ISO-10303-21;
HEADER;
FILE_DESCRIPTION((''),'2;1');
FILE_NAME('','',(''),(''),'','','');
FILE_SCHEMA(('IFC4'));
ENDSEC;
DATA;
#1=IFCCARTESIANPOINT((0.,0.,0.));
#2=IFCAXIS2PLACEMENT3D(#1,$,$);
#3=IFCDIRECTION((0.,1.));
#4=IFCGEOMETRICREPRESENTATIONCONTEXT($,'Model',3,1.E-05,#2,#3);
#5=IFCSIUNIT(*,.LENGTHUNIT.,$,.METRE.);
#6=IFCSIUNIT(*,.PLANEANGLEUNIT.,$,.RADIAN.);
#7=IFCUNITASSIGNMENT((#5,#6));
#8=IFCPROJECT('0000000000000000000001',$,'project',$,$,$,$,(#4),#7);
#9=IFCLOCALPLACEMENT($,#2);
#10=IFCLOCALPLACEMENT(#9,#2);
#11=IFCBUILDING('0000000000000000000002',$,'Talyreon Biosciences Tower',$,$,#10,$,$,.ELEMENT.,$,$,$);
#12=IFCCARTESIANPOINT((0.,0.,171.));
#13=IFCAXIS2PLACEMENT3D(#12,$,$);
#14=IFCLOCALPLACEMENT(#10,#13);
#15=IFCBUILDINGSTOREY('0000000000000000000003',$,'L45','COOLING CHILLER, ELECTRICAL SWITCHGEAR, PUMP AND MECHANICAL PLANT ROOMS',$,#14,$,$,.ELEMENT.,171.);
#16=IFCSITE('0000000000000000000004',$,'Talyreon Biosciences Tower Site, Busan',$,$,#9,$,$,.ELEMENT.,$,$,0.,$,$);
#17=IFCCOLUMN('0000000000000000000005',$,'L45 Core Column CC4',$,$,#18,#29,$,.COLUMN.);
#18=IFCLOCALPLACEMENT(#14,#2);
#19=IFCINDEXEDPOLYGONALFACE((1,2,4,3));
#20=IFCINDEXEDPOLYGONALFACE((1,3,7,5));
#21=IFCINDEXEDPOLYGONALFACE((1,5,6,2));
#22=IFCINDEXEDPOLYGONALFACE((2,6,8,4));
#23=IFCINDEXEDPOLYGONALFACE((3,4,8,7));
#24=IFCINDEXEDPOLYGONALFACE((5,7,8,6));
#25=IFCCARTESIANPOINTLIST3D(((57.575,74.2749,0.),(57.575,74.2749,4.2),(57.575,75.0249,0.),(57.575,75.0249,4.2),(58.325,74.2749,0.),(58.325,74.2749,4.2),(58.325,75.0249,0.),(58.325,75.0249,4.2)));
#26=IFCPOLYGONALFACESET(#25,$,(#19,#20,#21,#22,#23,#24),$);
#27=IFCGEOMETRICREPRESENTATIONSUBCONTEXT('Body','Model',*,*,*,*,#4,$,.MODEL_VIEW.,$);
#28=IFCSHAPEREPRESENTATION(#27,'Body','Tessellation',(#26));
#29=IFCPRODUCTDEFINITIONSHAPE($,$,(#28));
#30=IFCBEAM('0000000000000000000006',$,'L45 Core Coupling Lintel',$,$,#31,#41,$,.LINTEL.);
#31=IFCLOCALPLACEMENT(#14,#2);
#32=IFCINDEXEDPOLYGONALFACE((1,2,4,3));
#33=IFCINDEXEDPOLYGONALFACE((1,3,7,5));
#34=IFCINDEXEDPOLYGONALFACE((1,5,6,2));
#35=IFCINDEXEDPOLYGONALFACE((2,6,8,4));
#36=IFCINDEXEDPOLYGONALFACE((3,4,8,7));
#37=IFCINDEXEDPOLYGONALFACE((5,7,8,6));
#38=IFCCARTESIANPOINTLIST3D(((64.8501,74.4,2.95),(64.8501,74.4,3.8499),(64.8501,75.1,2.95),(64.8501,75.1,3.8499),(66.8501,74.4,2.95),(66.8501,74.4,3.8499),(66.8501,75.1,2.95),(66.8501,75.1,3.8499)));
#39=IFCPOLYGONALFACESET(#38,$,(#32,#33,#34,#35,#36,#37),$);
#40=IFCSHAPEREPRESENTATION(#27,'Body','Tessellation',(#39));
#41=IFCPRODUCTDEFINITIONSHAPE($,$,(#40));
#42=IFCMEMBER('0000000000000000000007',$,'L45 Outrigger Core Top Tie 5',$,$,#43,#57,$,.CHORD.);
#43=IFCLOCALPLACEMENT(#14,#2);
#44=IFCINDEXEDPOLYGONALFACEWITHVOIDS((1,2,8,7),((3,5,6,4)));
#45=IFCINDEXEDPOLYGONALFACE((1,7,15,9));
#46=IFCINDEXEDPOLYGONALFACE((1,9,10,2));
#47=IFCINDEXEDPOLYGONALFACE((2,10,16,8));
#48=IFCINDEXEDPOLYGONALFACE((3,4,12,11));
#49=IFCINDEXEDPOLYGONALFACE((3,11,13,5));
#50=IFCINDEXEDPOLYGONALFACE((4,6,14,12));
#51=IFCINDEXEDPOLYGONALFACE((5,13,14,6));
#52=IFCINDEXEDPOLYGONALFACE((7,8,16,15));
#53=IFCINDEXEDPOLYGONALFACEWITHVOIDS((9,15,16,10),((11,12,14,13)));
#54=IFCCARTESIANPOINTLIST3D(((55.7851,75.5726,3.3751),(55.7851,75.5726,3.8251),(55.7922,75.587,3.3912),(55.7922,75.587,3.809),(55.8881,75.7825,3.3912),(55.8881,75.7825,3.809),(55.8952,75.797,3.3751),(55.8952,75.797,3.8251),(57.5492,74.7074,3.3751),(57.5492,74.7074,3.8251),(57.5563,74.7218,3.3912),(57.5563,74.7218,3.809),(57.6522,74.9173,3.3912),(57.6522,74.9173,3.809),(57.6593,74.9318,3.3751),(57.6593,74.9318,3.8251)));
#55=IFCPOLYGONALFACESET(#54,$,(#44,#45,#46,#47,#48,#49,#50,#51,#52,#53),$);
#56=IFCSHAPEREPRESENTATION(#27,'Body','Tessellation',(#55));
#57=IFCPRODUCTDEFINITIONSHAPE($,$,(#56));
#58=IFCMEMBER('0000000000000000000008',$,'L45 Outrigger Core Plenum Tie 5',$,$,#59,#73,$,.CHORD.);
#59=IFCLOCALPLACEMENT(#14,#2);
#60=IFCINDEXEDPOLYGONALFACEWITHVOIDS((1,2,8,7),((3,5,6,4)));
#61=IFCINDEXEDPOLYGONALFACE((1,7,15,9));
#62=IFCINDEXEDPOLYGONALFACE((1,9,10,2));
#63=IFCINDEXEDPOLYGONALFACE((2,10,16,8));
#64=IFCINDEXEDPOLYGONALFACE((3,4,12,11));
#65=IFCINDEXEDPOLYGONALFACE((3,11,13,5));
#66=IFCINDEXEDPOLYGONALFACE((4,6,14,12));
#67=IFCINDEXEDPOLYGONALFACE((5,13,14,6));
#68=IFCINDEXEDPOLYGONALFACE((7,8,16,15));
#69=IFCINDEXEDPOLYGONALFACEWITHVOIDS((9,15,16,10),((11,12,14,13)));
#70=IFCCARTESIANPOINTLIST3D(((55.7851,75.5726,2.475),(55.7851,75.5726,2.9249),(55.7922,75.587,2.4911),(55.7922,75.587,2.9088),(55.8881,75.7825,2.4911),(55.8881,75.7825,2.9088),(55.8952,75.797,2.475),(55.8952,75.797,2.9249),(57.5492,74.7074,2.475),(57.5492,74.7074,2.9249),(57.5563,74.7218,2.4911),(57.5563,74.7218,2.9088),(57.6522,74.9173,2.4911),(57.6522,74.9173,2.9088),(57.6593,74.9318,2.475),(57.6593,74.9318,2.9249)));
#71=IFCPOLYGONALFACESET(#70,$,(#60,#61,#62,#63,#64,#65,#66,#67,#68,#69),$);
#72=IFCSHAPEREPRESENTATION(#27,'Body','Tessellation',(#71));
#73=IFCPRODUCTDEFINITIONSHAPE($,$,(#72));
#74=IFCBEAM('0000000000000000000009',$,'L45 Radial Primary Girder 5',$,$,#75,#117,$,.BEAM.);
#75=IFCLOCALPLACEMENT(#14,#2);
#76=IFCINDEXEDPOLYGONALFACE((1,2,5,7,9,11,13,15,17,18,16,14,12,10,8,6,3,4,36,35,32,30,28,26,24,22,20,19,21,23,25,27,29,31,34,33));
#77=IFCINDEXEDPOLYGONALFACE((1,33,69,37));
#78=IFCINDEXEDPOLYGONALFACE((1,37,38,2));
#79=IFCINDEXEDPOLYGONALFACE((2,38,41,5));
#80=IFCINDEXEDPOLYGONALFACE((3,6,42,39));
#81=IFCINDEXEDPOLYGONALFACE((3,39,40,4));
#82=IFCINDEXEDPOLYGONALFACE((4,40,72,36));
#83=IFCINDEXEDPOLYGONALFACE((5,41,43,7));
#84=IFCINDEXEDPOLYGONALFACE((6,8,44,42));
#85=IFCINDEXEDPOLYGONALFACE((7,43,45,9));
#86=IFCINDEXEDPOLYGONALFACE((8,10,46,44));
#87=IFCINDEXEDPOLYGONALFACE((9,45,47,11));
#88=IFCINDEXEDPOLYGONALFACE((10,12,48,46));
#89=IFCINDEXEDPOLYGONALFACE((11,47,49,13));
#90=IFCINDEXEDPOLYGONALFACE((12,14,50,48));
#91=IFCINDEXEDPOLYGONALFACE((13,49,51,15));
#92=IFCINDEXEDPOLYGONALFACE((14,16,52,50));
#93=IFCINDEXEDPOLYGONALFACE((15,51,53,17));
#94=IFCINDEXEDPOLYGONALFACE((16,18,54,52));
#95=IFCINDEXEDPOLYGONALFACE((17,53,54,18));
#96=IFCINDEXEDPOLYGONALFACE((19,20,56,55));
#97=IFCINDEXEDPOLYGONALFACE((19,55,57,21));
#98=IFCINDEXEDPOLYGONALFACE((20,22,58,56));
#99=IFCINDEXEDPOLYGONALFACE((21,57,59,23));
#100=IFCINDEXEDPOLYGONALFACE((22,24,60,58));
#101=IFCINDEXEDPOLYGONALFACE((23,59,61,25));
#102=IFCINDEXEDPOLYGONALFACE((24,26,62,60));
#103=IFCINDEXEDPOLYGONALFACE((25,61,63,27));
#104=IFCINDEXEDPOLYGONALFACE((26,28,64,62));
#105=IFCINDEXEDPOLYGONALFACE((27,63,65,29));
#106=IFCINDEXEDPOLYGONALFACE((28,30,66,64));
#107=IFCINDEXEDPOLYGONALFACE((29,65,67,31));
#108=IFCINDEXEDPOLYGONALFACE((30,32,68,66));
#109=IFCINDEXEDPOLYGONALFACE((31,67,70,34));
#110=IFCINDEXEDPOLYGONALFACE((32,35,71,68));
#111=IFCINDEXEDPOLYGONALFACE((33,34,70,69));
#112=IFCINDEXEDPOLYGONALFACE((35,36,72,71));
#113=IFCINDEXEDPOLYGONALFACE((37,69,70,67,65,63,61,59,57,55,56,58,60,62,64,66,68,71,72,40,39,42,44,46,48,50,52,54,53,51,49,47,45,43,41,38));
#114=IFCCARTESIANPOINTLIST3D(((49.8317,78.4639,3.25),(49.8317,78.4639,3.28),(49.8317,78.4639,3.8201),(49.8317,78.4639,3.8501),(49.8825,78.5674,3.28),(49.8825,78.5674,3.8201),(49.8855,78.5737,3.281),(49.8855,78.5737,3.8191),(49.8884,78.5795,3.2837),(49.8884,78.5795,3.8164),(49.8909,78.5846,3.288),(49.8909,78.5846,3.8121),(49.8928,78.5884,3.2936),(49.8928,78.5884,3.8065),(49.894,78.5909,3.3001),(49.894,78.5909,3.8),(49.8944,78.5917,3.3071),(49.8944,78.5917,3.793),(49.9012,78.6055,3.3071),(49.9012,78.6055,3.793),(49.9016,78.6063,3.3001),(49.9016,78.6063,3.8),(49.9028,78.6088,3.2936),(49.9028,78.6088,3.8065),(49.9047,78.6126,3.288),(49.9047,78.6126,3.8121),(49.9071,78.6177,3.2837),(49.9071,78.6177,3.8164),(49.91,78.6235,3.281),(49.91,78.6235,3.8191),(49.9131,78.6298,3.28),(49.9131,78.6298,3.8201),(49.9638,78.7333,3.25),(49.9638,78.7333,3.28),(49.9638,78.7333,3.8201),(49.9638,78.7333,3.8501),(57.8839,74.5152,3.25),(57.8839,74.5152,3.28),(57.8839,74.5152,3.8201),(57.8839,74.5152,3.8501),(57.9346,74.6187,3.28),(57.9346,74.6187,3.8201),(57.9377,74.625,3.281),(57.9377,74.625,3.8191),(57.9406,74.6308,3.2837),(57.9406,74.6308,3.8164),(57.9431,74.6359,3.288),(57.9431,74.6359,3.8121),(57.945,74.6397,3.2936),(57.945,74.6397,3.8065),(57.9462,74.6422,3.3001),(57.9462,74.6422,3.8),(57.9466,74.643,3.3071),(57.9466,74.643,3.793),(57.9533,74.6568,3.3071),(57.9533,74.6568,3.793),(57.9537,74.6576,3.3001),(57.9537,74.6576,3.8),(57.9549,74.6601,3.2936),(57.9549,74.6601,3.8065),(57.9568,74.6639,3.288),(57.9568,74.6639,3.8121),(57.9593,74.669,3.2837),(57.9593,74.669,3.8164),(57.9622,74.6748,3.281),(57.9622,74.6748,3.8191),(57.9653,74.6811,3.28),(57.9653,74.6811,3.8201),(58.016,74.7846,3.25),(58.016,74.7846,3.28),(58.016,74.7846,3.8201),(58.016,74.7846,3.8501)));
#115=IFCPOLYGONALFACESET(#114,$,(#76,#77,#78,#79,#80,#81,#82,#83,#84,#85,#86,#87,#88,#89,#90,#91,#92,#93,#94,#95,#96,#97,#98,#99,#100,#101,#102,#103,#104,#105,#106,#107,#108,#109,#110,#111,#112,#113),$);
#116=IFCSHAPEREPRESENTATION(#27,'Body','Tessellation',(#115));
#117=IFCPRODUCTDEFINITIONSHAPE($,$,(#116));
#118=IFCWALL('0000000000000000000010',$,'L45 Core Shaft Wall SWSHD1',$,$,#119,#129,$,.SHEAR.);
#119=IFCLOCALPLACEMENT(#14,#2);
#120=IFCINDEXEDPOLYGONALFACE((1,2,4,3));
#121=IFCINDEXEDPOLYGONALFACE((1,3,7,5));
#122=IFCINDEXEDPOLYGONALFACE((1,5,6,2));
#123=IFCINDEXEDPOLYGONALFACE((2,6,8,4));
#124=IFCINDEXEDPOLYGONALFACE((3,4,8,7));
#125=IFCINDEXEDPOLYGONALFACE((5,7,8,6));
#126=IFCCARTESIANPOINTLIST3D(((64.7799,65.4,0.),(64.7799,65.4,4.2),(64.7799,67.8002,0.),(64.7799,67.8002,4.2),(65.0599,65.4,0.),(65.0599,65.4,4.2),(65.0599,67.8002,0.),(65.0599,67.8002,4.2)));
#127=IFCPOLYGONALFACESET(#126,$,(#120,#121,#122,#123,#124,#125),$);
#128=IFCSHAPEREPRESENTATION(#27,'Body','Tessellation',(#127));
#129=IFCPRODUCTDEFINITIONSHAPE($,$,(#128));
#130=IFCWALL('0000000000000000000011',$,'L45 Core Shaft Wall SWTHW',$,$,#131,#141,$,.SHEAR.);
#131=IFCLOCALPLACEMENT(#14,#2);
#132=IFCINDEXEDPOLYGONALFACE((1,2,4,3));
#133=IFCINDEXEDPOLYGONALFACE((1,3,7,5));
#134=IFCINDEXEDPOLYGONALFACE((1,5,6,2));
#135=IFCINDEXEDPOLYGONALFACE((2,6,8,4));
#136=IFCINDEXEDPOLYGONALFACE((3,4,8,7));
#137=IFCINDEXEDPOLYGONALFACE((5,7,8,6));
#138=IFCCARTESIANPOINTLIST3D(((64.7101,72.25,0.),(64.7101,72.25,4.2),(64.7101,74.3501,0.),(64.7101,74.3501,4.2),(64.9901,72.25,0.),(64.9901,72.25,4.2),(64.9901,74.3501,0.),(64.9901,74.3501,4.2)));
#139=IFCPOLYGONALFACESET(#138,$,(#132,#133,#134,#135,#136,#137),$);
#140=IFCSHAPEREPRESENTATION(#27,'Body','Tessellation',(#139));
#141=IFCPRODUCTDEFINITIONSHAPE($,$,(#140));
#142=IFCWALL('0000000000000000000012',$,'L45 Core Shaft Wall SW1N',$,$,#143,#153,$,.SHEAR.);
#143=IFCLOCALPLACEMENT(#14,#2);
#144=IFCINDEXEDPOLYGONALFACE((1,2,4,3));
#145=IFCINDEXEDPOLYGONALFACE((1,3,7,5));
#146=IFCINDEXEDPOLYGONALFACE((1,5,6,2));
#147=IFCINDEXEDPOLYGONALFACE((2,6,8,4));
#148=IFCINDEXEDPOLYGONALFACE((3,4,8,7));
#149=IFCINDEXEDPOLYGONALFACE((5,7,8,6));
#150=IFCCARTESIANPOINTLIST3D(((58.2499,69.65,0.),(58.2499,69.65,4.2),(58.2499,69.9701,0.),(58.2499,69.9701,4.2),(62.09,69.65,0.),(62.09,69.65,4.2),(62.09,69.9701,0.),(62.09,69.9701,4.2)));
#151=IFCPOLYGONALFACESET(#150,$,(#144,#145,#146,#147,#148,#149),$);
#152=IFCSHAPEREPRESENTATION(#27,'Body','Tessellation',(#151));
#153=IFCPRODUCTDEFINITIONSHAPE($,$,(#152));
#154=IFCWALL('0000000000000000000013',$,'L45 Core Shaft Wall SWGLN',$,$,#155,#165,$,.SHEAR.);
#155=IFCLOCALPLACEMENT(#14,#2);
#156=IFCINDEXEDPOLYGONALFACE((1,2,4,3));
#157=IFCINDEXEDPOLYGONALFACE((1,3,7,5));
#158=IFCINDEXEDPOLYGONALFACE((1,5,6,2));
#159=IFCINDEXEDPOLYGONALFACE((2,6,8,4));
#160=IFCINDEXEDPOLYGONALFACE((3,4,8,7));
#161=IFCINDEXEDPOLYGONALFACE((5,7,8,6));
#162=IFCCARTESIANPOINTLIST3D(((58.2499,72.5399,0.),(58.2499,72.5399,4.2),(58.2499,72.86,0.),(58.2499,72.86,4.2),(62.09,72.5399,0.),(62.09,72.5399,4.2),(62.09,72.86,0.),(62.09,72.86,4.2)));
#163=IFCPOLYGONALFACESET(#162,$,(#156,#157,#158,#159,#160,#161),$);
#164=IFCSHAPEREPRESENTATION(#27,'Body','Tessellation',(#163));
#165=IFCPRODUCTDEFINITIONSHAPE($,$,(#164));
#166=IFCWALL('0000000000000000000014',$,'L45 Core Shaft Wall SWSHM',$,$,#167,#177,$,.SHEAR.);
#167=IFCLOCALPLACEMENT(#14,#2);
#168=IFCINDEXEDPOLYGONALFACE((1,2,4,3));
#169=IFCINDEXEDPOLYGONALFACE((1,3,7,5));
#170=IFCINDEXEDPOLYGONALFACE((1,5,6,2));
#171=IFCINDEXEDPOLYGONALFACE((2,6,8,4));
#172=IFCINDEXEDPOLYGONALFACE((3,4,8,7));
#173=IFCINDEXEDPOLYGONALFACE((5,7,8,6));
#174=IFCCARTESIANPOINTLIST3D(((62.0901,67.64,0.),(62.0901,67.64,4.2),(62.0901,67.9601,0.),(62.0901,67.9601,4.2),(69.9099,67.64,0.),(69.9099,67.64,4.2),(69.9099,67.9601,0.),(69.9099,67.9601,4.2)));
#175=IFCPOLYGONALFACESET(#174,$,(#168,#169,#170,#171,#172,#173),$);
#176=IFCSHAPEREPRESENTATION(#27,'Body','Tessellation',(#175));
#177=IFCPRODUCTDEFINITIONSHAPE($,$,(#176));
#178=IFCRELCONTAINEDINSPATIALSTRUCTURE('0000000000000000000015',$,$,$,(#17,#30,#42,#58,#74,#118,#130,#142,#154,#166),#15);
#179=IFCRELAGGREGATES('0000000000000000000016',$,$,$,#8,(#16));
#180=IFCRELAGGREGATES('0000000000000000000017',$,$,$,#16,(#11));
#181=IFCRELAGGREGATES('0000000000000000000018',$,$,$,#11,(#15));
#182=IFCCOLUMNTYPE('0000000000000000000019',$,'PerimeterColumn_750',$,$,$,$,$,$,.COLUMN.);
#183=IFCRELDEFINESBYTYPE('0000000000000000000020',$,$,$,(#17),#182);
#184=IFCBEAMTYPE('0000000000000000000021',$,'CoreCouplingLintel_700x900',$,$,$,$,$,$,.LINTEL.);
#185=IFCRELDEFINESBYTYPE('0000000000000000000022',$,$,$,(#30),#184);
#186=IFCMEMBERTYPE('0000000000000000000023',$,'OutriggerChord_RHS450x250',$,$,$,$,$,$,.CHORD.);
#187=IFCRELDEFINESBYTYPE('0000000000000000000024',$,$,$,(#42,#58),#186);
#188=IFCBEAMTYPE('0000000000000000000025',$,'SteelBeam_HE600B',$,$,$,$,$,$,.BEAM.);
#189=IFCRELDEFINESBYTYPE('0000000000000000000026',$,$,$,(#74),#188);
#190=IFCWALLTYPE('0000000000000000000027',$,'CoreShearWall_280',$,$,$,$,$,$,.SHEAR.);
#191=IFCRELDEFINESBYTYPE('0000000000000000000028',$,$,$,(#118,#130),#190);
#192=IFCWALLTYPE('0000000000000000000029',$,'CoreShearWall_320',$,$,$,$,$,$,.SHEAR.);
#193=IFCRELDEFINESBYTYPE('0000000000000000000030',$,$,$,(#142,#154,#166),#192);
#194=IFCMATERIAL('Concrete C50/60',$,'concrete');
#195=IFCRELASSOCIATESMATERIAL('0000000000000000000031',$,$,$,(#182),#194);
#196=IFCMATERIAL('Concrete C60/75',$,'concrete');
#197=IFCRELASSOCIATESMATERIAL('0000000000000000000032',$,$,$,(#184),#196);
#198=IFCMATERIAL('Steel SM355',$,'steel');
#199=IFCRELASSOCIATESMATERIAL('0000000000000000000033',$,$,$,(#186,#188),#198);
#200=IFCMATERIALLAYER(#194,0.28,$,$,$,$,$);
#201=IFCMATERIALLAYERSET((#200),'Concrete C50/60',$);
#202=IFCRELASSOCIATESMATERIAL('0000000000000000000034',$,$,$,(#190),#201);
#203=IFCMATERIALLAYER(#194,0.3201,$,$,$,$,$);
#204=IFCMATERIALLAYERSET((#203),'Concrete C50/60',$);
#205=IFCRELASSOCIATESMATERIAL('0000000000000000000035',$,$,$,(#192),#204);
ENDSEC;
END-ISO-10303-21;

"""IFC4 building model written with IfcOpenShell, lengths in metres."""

from ifc_helpers import new_model, si_unit, direction, frame, frame_2d, origin, origin_2d, place, context, subcontext, project, spatial, rectangle, hollow_rectangle, i_section, extrude, material, layer, layer_set, material_profile, profile_set, type_object, element, save


model = new_model("IFC4")

# Units and contexts
model_context = context("Model", 3, precision=1e-05, world=origin(), true_north=direction((0.0, 1.0)))
body_context = subcontext(model_context, "Body", "Model", "MODEL_VIEW")
ifc_project = project(units=[si_unit("LENGTHUNIT", "METRE"), si_unit("PLANEANGLEUNIT", "RADIAN")], contexts=[model_context])

# Site, building, storey
site_placement = place(None, origin())
site = spatial("IfcSite", under=ifc_project, at=site_placement, Name="Talyreon Biosciences Tower Site, Busan", CompositionType="ELEMENT", RefElevation=0.0)
building_placement = place(site_placement, origin())
building = spatial("IfcBuilding", under=site, at=building_placement, Name="Talyreon Biosciences Tower", CompositionType="ELEMENT")
storey_placement = place(building_placement, frame((0.0, 0.0, 171.0)))
storey = spatial("IfcBuildingStorey", under=building, at=storey_placement, Name="L45", Description="COOLING CHILLER, ELECTRICAL SWITCHGEAR, PUMP AND MECHANICAL PLANT ROOMS", CompositionType="ELEMENT", Elevation=171.0)

# Column
ifc_material_1 = material(Name="Concrete C50/60", Category="concrete")
ifc_material_profile_1 = material_profile(ifc_material_1, rectangle(XDim=0.75, YDim=0.75, at=origin_2d()), Name="RC 750x750")
ifc_profile_set_1 = profile_set([ifc_material_profile_1], Name="Concrete C50/60")
column_type = type_object("IfcColumnType", Name="PerimeterColumn_750", PredefinedType="COLUMN", material=ifc_profile_set_1)
column_placement = place(storey_placement, frame((57.95, 74.6499, 0.0), z_axis=(0.0, 0.0, 1.0), x_axis=(1.0, 0.0, 0.0)))
element("IfcColumn", 1, at=column_placement, inside=storey, type_object=column_type, Name="L45 Core Column CC4", PredefinedType="COLUMN", context=body_context, shape_type="SweptSolid", body=[
    extrude(rectangle(XDim=0.75, YDim=0.75, at=origin_2d()), origin(), (0.0, 0.0, 1.0), 4.2),
])

# Beam
ifc_material_2 = material(Name="Concrete C60/75", Category="concrete")
ifc_material_profile_2 = material_profile(ifc_material_2, rectangle(XDim=0.7, YDim=0.8999, at=origin_2d()), Name="RCB 700x900")
ifc_profile_set_2 = profile_set([ifc_material_profile_2], Name="Concrete C60/75")
beam_type_1 = type_object("IfcBeamType", Name="CoreCouplingLintel_700x900", PredefinedType="LINTEL", material=ifc_profile_set_2)
beam_1_placement = place(storey_placement, frame((64.8501, 74.75, 3.3999), z_axis=(1.0, 0.0, 0.0), x_axis=(0.0, 1.0, 0.0)))
element("IfcBeam", 2, at=beam_1_placement, inside=storey, type_object=beam_type_1, Name="L45 Core Coupling Lintel", PredefinedType="LINTEL", context=body_context, shape_type="SweptSolid", body=[
    extrude(rectangle(XDim=0.7, YDim=0.8999, at=origin_2d()), origin(), (0.0, 0.0, 1.0), 2.0),
])

# Members
ifc_material_3 = material(Name="Steel SM355", Category="steel")
ifc_material_profile_3 = material_profile(ifc_material_3, hollow_rectangle(XDim=0.25, YDim=0.45, WallThickness=0.0161, at=origin_2d()), Name="RHS 450x250x16")
ifc_profile_set_3 = profile_set([ifc_material_profile_3], Name="Steel SM355")
member_type = type_object("IfcMemberType", Name="OutriggerChord_RHS450x250", PredefinedType="CHORD", material=ifc_profile_set_3)
for number, where, z_axis, x_axis, name in (
    (3, (57.6042, 74.8196, 3.6001), (-0.89783, 0.440342, 0.0), (-0.440342, -0.89783, 0.0), "L45 Outrigger Core Top Tie 5"),
    (4, (57.6042, 74.8196, 2.7), (-0.89783, 0.440342, 0.0), (-0.440342, -0.89783, 0.0), "L45 Outrigger Core Plenum Tie 5"),
):
    element("IfcMember", number, at=place(storey_placement, frame(where, z_axis=z_axis, x_axis=x_axis)), inside=storey, type_object=member_type, Name=name, PredefinedType="CHORD", context=body_context, shape_type="SweptSolid", body=[
        extrude(hollow_rectangle(XDim=0.25, YDim=0.45, WallThickness=0.0161, at=origin_2d()), origin(), (0.0, 0.0, 1.0), 1.9648),
    ])

# Beam
ifc_material_profile_4 = material_profile(ifc_material_3, i_section(OverallWidth=0.3, OverallDepth=0.6001, WebThickness=0.0154, FlangeThickness=0.03, FilletRadius=0.0271, at=origin_2d()), Name="HE600B")
ifc_profile_set_4 = profile_set([ifc_material_profile_4], Name="Steel SM355")
beam_type_2 = type_object("IfcBeamType", Name="SteelBeam_HE600B", PredefinedType="BEAM", material=ifc_profile_set_4)
beam_2_placement = place(storey_placement, frame((57.95, 74.6499, 3.55), z_axis=(-0.897852, 0.440297, 0.0), x_axis=(-0.440297, -0.897852, 0.0)))
element("IfcBeam", 5, at=beam_2_placement, inside=storey, type_object=beam_type_2, Name="L45 Radial Primary Girder 5", PredefinedType="BEAM", context=body_context, shape_type="SweptSolid", body=[
    extrude(i_section(OverallWidth=0.3, OverallDepth=0.6001, WebThickness=0.0154, FlangeThickness=0.03, FilletRadius=0.0271, at=origin_2d()), origin(), (0.0, 0.0, 1.0), 8.9683),
])

# Walls
ifc_layer_1 = layer(ifc_material_1, 0.28)
ifc_layer_set_1 = layer_set([ifc_layer_1], Name="Concrete C50/60")
wall_type_1 = type_object("IfcWallType", Name="CoreShearWall_280", PredefinedType="SHEAR", material=ifc_layer_set_1)
wall_1_placement = place(storey_placement, frame((64.9199, 65.3999, 0.0), z_axis=(0.0, 0.0, 1.0), x_axis=(0.0, 1.0, 0.0)))
element("IfcWall", 6, at=wall_1_placement, inside=storey, type_object=wall_type_1, Name="L45 Core Shaft Wall SWSHD1", PredefinedType="SHEAR", context=body_context, shape_type="SweptSolid", body=[
    extrude(rectangle(XDim=2.4001, YDim=0.28, at=frame_2d((1.2002, 0.0))), origin(), (0.0, 0.0, 1.0), 4.2),
])
wall_2_placement = place(storey_placement, frame((64.8501, 72.25, 0.0), z_axis=(0.0, 0.0, 1.0), x_axis=(0.0, 1.0, 0.0)))
element("IfcWall", 7, at=wall_2_placement, inside=storey, type_object=wall_type_1, Name="L45 Core Shaft Wall SWTHW", PredefinedType="SHEAR", context=body_context, shape_type="SweptSolid", body=[
    extrude(rectangle(XDim=2.1001, YDim=0.28, at=frame_2d((1.05, 0.0))), origin(), (0.0, 0.0, 1.0), 4.2),
])
ifc_layer_2 = layer(ifc_material_1, 0.3201)
ifc_layer_set_2 = layer_set([ifc_layer_2], Name="Concrete C50/60")
wall_type_2 = type_object("IfcWallType", Name="CoreShearWall_320", PredefinedType="SHEAR", material=ifc_layer_set_2)
for number, where, z_axis, x_axis, name in (
    (8, (58.25, 69.8101, 0.0), (0.0, 0.0, 1.0), (1.0, 0.0, 0.0), "L45 Core Shaft Wall SW1N"),
    (9, (58.25, 72.7, 0.0), (0.0, 0.0, 1.0), (1.0, 0.0, 0.0), "L45 Core Shaft Wall SWGLN"),
):
    element("IfcWall", number, at=place(storey_placement, frame(where, z_axis=z_axis, x_axis=x_axis)), inside=storey, type_object=wall_type_2, Name=name, PredefinedType="SHEAR", context=body_context, shape_type="SweptSolid", body=[
        extrude(rectangle(XDim=3.8401, YDim=0.3201, at=frame_2d((1.9199, 0.0))), origin(), (0.0, 0.0, 1.0), 4.2),
    ])
wall_3_placement = place(storey_placement, frame((62.0901, 67.8, 0.0), z_axis=(0.0, 0.0, 1.0), x_axis=(1.0, 0.0, 0.0)))
element("IfcWall", 10, at=wall_3_placement, inside=storey, type_object=wall_type_2, Name="L45 Core Shaft Wall SWSHM", PredefinedType="SHEAR", context=body_context, shape_type="SweptSolid", body=[
    extrude(rectangle(XDim=7.8198, YDim=0.3201, at=frame_2d((3.9099, 0.0))), origin(), (0.0, 0.0, 1.0), 4.2),
])

save(model, "model.ifc")
